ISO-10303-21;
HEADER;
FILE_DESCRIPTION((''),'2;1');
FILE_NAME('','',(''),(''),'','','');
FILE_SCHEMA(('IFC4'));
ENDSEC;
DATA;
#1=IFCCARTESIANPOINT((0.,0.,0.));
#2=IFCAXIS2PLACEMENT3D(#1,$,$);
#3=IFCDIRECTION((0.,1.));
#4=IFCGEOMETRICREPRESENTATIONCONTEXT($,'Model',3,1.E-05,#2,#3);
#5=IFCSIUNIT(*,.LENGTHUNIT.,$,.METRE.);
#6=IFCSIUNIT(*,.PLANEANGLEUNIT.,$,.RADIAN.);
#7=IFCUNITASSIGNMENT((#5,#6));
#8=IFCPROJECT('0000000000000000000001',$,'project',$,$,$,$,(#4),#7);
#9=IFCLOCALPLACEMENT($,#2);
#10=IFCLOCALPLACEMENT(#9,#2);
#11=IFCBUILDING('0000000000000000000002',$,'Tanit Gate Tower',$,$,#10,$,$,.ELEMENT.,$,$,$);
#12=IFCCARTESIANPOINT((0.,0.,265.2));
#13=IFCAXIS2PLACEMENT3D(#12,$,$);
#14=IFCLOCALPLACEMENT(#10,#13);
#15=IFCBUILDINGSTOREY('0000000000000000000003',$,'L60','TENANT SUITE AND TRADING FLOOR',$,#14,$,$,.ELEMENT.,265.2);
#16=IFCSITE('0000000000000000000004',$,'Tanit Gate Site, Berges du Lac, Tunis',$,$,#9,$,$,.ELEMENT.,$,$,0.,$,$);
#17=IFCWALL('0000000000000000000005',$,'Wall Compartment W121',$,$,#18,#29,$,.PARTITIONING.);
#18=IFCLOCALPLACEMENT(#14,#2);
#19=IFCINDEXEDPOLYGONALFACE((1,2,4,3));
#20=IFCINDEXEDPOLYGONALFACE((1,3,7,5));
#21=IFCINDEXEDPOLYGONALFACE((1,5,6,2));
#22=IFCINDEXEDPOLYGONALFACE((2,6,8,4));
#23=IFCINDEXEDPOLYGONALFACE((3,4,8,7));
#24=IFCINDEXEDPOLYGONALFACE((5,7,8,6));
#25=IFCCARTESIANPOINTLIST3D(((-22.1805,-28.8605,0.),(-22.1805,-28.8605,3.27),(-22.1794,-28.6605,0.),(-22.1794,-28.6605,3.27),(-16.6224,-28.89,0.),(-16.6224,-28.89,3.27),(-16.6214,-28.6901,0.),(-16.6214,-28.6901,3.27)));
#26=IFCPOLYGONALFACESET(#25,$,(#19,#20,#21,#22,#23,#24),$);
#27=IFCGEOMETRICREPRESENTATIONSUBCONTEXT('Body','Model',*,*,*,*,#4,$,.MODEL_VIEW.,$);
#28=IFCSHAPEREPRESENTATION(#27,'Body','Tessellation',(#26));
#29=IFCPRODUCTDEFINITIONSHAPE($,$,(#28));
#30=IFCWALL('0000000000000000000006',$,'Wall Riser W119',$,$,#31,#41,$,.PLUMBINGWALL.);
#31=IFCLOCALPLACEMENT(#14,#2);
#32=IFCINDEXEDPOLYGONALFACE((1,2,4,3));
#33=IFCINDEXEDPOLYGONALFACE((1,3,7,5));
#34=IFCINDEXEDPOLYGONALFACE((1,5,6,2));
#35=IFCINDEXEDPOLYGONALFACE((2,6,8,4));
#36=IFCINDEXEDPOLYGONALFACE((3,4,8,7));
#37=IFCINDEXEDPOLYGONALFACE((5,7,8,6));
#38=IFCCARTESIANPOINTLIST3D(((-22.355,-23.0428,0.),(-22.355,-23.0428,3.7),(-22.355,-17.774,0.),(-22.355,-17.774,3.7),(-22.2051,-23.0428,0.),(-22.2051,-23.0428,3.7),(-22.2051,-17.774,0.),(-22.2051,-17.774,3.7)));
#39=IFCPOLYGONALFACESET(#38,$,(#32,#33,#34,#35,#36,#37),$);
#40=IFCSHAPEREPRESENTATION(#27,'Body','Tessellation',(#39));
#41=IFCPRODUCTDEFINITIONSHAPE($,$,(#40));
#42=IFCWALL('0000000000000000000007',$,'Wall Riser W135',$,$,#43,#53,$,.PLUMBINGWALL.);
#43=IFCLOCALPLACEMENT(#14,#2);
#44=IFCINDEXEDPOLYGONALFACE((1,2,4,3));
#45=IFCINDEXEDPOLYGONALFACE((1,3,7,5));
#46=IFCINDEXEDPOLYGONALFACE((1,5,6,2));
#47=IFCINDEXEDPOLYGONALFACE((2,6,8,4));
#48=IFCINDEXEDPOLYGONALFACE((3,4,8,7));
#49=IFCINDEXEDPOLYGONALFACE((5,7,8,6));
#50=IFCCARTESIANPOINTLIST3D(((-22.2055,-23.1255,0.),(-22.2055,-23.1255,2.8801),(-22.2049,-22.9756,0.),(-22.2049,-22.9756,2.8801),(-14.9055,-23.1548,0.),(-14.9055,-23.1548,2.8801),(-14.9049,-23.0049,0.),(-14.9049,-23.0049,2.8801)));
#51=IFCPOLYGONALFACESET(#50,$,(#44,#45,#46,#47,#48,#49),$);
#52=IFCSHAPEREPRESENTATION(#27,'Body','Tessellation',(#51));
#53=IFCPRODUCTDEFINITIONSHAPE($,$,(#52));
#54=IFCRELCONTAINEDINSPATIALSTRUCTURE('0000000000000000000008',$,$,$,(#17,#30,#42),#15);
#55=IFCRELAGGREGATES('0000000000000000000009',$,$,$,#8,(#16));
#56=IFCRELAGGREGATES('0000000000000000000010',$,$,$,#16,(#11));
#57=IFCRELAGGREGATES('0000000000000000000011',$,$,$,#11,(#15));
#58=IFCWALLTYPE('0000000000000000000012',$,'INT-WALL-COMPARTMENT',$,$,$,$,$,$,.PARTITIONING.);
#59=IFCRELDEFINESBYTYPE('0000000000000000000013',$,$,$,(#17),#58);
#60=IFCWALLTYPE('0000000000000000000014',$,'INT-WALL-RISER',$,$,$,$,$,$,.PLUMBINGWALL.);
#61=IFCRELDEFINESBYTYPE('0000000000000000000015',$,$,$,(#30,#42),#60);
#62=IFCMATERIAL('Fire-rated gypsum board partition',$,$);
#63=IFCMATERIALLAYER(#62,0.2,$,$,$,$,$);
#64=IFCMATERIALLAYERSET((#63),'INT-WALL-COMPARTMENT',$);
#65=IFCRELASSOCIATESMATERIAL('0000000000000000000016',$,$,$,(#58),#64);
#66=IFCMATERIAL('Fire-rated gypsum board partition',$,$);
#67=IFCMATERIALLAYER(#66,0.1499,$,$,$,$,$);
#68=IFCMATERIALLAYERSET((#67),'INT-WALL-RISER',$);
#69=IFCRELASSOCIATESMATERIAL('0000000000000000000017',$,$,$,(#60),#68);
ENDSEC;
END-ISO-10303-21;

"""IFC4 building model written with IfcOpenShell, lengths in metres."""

from ifc_helpers import new_model, si_unit, direction, frame, frame_2d, origin, place, context, subcontext, project, spatial, rectangle, extrude, material, layer, layer_set, type_object, element, save


model = new_model("IFC4")

# Units and contexts
model_context = context("Model", 3, precision=1e-05, world=origin(), true_north=direction((0.0, 1.0)))
body_context = subcontext(model_context, "Body", "Model", "MODEL_VIEW")
ifc_project = project(units=[si_unit("LENGTHUNIT", "METRE"), si_unit("PLANEANGLEUNIT", "RADIAN")], contexts=[model_context])

# Site, building, storey
site_placement = place(None, origin())
site = spatial("IfcSite", under=ifc_project, at=site_placement, Name="Tanit Gate Site, Berges du Lac, Tunis", CompositionType="ELEMENT", RefElevation=0.0)
building_placement = place(site_placement, origin())
building = spatial("IfcBuilding", under=site, at=building_placement, Name="Tanit Gate Tower", CompositionType="ELEMENT")
storey_placement = place(building_placement, frame((0.0, 0.0, 265.2)))
storey = spatial("IfcBuildingStorey", under=building, at=storey_placement, Name="L60", Description="TENANT SUITE AND TRADING FLOOR", CompositionType="ELEMENT", Elevation=265.2)

# Shared definitions
ifc_material_1 = material(Name="Fire-rated gypsum board partition")
ifc_layer_1 = layer(ifc_material_1, 0.2)
ifc_layer_set_1 = layer_set([ifc_layer_1], Name="INT-WALL-COMPARTMENT")
wall_type_1 = type_object("IfcWallType", Name="INT-WALL-COMPARTMENT", PredefinedType="PARTITIONING", material=ifc_layer_set_1)

# Walls
wall_1_placement = place(storey_placement, frame((-22.1799, -28.7605, 0.0), z_axis=(0.0, 0.0, 1.0), x_axis=(0.999986, -0.005315, 0.0)))
element("IfcWall", 1, at=wall_1_placement, inside=storey, type_object=wall_type_1, Name="Wall Compartment W121", PredefinedType="PARTITIONING", context=body_context, shape_type="SweptSolid", body=[
    extrude(rectangle(XDim=5.5581, YDim=0.2, at=frame_2d((2.7791, 0.0))), origin(), (0.0, 0.0, 1.0), 3.27),
])
ifc_material_2 = material(Name="Fire-rated gypsum board partition")
ifc_layer_2 = layer(ifc_material_2, 0.1499)
ifc_layer_set_2 = layer_set([ifc_layer_2], Name="INT-WALL-RISER")
wall_type_2 = type_object("IfcWallType", Name="INT-WALL-RISER", PredefinedType="PLUMBINGWALL", material=ifc_layer_set_2)
wall_2_placement = place(storey_placement, frame((-22.28, -23.0427, 0.0), z_axis=(0.0, 0.0, 1.0), x_axis=(0.0, 1.0, 0.0)))
element("IfcWall", 2, at=wall_2_placement, inside=storey, type_object=wall_type_2, Name="Wall Riser W119", PredefinedType="PLUMBINGWALL", context=body_context, shape_type="SweptSolid", body=[
    extrude(rectangle(XDim=5.2688, YDim=0.1499, at=frame_2d((2.6343, 0.0))), origin(), (0.0, 0.0, 1.0), 3.7),
])
wall_3_placement = place(storey_placement, frame((-22.2051, -23.0505, 0.0), z_axis=(0.0, 0.0, 1.0), x_axis=(0.999992, -0.004013, 0.0)))
element("IfcWall", 3, at=wall_3_placement, inside=storey, type_object=wall_type_2, Name="Wall Riser W135", PredefinedType="PLUMBINGWALL", context=body_context, shape_type="SweptSolid", body=[
    extrude(rectangle(XDim=7.3, YDim=0.1499, at=frame_2d((3.6499, 0.0))), origin(), (0.0, 0.0, 1.0), 2.8801),
])

save(model, "model.ifc")
